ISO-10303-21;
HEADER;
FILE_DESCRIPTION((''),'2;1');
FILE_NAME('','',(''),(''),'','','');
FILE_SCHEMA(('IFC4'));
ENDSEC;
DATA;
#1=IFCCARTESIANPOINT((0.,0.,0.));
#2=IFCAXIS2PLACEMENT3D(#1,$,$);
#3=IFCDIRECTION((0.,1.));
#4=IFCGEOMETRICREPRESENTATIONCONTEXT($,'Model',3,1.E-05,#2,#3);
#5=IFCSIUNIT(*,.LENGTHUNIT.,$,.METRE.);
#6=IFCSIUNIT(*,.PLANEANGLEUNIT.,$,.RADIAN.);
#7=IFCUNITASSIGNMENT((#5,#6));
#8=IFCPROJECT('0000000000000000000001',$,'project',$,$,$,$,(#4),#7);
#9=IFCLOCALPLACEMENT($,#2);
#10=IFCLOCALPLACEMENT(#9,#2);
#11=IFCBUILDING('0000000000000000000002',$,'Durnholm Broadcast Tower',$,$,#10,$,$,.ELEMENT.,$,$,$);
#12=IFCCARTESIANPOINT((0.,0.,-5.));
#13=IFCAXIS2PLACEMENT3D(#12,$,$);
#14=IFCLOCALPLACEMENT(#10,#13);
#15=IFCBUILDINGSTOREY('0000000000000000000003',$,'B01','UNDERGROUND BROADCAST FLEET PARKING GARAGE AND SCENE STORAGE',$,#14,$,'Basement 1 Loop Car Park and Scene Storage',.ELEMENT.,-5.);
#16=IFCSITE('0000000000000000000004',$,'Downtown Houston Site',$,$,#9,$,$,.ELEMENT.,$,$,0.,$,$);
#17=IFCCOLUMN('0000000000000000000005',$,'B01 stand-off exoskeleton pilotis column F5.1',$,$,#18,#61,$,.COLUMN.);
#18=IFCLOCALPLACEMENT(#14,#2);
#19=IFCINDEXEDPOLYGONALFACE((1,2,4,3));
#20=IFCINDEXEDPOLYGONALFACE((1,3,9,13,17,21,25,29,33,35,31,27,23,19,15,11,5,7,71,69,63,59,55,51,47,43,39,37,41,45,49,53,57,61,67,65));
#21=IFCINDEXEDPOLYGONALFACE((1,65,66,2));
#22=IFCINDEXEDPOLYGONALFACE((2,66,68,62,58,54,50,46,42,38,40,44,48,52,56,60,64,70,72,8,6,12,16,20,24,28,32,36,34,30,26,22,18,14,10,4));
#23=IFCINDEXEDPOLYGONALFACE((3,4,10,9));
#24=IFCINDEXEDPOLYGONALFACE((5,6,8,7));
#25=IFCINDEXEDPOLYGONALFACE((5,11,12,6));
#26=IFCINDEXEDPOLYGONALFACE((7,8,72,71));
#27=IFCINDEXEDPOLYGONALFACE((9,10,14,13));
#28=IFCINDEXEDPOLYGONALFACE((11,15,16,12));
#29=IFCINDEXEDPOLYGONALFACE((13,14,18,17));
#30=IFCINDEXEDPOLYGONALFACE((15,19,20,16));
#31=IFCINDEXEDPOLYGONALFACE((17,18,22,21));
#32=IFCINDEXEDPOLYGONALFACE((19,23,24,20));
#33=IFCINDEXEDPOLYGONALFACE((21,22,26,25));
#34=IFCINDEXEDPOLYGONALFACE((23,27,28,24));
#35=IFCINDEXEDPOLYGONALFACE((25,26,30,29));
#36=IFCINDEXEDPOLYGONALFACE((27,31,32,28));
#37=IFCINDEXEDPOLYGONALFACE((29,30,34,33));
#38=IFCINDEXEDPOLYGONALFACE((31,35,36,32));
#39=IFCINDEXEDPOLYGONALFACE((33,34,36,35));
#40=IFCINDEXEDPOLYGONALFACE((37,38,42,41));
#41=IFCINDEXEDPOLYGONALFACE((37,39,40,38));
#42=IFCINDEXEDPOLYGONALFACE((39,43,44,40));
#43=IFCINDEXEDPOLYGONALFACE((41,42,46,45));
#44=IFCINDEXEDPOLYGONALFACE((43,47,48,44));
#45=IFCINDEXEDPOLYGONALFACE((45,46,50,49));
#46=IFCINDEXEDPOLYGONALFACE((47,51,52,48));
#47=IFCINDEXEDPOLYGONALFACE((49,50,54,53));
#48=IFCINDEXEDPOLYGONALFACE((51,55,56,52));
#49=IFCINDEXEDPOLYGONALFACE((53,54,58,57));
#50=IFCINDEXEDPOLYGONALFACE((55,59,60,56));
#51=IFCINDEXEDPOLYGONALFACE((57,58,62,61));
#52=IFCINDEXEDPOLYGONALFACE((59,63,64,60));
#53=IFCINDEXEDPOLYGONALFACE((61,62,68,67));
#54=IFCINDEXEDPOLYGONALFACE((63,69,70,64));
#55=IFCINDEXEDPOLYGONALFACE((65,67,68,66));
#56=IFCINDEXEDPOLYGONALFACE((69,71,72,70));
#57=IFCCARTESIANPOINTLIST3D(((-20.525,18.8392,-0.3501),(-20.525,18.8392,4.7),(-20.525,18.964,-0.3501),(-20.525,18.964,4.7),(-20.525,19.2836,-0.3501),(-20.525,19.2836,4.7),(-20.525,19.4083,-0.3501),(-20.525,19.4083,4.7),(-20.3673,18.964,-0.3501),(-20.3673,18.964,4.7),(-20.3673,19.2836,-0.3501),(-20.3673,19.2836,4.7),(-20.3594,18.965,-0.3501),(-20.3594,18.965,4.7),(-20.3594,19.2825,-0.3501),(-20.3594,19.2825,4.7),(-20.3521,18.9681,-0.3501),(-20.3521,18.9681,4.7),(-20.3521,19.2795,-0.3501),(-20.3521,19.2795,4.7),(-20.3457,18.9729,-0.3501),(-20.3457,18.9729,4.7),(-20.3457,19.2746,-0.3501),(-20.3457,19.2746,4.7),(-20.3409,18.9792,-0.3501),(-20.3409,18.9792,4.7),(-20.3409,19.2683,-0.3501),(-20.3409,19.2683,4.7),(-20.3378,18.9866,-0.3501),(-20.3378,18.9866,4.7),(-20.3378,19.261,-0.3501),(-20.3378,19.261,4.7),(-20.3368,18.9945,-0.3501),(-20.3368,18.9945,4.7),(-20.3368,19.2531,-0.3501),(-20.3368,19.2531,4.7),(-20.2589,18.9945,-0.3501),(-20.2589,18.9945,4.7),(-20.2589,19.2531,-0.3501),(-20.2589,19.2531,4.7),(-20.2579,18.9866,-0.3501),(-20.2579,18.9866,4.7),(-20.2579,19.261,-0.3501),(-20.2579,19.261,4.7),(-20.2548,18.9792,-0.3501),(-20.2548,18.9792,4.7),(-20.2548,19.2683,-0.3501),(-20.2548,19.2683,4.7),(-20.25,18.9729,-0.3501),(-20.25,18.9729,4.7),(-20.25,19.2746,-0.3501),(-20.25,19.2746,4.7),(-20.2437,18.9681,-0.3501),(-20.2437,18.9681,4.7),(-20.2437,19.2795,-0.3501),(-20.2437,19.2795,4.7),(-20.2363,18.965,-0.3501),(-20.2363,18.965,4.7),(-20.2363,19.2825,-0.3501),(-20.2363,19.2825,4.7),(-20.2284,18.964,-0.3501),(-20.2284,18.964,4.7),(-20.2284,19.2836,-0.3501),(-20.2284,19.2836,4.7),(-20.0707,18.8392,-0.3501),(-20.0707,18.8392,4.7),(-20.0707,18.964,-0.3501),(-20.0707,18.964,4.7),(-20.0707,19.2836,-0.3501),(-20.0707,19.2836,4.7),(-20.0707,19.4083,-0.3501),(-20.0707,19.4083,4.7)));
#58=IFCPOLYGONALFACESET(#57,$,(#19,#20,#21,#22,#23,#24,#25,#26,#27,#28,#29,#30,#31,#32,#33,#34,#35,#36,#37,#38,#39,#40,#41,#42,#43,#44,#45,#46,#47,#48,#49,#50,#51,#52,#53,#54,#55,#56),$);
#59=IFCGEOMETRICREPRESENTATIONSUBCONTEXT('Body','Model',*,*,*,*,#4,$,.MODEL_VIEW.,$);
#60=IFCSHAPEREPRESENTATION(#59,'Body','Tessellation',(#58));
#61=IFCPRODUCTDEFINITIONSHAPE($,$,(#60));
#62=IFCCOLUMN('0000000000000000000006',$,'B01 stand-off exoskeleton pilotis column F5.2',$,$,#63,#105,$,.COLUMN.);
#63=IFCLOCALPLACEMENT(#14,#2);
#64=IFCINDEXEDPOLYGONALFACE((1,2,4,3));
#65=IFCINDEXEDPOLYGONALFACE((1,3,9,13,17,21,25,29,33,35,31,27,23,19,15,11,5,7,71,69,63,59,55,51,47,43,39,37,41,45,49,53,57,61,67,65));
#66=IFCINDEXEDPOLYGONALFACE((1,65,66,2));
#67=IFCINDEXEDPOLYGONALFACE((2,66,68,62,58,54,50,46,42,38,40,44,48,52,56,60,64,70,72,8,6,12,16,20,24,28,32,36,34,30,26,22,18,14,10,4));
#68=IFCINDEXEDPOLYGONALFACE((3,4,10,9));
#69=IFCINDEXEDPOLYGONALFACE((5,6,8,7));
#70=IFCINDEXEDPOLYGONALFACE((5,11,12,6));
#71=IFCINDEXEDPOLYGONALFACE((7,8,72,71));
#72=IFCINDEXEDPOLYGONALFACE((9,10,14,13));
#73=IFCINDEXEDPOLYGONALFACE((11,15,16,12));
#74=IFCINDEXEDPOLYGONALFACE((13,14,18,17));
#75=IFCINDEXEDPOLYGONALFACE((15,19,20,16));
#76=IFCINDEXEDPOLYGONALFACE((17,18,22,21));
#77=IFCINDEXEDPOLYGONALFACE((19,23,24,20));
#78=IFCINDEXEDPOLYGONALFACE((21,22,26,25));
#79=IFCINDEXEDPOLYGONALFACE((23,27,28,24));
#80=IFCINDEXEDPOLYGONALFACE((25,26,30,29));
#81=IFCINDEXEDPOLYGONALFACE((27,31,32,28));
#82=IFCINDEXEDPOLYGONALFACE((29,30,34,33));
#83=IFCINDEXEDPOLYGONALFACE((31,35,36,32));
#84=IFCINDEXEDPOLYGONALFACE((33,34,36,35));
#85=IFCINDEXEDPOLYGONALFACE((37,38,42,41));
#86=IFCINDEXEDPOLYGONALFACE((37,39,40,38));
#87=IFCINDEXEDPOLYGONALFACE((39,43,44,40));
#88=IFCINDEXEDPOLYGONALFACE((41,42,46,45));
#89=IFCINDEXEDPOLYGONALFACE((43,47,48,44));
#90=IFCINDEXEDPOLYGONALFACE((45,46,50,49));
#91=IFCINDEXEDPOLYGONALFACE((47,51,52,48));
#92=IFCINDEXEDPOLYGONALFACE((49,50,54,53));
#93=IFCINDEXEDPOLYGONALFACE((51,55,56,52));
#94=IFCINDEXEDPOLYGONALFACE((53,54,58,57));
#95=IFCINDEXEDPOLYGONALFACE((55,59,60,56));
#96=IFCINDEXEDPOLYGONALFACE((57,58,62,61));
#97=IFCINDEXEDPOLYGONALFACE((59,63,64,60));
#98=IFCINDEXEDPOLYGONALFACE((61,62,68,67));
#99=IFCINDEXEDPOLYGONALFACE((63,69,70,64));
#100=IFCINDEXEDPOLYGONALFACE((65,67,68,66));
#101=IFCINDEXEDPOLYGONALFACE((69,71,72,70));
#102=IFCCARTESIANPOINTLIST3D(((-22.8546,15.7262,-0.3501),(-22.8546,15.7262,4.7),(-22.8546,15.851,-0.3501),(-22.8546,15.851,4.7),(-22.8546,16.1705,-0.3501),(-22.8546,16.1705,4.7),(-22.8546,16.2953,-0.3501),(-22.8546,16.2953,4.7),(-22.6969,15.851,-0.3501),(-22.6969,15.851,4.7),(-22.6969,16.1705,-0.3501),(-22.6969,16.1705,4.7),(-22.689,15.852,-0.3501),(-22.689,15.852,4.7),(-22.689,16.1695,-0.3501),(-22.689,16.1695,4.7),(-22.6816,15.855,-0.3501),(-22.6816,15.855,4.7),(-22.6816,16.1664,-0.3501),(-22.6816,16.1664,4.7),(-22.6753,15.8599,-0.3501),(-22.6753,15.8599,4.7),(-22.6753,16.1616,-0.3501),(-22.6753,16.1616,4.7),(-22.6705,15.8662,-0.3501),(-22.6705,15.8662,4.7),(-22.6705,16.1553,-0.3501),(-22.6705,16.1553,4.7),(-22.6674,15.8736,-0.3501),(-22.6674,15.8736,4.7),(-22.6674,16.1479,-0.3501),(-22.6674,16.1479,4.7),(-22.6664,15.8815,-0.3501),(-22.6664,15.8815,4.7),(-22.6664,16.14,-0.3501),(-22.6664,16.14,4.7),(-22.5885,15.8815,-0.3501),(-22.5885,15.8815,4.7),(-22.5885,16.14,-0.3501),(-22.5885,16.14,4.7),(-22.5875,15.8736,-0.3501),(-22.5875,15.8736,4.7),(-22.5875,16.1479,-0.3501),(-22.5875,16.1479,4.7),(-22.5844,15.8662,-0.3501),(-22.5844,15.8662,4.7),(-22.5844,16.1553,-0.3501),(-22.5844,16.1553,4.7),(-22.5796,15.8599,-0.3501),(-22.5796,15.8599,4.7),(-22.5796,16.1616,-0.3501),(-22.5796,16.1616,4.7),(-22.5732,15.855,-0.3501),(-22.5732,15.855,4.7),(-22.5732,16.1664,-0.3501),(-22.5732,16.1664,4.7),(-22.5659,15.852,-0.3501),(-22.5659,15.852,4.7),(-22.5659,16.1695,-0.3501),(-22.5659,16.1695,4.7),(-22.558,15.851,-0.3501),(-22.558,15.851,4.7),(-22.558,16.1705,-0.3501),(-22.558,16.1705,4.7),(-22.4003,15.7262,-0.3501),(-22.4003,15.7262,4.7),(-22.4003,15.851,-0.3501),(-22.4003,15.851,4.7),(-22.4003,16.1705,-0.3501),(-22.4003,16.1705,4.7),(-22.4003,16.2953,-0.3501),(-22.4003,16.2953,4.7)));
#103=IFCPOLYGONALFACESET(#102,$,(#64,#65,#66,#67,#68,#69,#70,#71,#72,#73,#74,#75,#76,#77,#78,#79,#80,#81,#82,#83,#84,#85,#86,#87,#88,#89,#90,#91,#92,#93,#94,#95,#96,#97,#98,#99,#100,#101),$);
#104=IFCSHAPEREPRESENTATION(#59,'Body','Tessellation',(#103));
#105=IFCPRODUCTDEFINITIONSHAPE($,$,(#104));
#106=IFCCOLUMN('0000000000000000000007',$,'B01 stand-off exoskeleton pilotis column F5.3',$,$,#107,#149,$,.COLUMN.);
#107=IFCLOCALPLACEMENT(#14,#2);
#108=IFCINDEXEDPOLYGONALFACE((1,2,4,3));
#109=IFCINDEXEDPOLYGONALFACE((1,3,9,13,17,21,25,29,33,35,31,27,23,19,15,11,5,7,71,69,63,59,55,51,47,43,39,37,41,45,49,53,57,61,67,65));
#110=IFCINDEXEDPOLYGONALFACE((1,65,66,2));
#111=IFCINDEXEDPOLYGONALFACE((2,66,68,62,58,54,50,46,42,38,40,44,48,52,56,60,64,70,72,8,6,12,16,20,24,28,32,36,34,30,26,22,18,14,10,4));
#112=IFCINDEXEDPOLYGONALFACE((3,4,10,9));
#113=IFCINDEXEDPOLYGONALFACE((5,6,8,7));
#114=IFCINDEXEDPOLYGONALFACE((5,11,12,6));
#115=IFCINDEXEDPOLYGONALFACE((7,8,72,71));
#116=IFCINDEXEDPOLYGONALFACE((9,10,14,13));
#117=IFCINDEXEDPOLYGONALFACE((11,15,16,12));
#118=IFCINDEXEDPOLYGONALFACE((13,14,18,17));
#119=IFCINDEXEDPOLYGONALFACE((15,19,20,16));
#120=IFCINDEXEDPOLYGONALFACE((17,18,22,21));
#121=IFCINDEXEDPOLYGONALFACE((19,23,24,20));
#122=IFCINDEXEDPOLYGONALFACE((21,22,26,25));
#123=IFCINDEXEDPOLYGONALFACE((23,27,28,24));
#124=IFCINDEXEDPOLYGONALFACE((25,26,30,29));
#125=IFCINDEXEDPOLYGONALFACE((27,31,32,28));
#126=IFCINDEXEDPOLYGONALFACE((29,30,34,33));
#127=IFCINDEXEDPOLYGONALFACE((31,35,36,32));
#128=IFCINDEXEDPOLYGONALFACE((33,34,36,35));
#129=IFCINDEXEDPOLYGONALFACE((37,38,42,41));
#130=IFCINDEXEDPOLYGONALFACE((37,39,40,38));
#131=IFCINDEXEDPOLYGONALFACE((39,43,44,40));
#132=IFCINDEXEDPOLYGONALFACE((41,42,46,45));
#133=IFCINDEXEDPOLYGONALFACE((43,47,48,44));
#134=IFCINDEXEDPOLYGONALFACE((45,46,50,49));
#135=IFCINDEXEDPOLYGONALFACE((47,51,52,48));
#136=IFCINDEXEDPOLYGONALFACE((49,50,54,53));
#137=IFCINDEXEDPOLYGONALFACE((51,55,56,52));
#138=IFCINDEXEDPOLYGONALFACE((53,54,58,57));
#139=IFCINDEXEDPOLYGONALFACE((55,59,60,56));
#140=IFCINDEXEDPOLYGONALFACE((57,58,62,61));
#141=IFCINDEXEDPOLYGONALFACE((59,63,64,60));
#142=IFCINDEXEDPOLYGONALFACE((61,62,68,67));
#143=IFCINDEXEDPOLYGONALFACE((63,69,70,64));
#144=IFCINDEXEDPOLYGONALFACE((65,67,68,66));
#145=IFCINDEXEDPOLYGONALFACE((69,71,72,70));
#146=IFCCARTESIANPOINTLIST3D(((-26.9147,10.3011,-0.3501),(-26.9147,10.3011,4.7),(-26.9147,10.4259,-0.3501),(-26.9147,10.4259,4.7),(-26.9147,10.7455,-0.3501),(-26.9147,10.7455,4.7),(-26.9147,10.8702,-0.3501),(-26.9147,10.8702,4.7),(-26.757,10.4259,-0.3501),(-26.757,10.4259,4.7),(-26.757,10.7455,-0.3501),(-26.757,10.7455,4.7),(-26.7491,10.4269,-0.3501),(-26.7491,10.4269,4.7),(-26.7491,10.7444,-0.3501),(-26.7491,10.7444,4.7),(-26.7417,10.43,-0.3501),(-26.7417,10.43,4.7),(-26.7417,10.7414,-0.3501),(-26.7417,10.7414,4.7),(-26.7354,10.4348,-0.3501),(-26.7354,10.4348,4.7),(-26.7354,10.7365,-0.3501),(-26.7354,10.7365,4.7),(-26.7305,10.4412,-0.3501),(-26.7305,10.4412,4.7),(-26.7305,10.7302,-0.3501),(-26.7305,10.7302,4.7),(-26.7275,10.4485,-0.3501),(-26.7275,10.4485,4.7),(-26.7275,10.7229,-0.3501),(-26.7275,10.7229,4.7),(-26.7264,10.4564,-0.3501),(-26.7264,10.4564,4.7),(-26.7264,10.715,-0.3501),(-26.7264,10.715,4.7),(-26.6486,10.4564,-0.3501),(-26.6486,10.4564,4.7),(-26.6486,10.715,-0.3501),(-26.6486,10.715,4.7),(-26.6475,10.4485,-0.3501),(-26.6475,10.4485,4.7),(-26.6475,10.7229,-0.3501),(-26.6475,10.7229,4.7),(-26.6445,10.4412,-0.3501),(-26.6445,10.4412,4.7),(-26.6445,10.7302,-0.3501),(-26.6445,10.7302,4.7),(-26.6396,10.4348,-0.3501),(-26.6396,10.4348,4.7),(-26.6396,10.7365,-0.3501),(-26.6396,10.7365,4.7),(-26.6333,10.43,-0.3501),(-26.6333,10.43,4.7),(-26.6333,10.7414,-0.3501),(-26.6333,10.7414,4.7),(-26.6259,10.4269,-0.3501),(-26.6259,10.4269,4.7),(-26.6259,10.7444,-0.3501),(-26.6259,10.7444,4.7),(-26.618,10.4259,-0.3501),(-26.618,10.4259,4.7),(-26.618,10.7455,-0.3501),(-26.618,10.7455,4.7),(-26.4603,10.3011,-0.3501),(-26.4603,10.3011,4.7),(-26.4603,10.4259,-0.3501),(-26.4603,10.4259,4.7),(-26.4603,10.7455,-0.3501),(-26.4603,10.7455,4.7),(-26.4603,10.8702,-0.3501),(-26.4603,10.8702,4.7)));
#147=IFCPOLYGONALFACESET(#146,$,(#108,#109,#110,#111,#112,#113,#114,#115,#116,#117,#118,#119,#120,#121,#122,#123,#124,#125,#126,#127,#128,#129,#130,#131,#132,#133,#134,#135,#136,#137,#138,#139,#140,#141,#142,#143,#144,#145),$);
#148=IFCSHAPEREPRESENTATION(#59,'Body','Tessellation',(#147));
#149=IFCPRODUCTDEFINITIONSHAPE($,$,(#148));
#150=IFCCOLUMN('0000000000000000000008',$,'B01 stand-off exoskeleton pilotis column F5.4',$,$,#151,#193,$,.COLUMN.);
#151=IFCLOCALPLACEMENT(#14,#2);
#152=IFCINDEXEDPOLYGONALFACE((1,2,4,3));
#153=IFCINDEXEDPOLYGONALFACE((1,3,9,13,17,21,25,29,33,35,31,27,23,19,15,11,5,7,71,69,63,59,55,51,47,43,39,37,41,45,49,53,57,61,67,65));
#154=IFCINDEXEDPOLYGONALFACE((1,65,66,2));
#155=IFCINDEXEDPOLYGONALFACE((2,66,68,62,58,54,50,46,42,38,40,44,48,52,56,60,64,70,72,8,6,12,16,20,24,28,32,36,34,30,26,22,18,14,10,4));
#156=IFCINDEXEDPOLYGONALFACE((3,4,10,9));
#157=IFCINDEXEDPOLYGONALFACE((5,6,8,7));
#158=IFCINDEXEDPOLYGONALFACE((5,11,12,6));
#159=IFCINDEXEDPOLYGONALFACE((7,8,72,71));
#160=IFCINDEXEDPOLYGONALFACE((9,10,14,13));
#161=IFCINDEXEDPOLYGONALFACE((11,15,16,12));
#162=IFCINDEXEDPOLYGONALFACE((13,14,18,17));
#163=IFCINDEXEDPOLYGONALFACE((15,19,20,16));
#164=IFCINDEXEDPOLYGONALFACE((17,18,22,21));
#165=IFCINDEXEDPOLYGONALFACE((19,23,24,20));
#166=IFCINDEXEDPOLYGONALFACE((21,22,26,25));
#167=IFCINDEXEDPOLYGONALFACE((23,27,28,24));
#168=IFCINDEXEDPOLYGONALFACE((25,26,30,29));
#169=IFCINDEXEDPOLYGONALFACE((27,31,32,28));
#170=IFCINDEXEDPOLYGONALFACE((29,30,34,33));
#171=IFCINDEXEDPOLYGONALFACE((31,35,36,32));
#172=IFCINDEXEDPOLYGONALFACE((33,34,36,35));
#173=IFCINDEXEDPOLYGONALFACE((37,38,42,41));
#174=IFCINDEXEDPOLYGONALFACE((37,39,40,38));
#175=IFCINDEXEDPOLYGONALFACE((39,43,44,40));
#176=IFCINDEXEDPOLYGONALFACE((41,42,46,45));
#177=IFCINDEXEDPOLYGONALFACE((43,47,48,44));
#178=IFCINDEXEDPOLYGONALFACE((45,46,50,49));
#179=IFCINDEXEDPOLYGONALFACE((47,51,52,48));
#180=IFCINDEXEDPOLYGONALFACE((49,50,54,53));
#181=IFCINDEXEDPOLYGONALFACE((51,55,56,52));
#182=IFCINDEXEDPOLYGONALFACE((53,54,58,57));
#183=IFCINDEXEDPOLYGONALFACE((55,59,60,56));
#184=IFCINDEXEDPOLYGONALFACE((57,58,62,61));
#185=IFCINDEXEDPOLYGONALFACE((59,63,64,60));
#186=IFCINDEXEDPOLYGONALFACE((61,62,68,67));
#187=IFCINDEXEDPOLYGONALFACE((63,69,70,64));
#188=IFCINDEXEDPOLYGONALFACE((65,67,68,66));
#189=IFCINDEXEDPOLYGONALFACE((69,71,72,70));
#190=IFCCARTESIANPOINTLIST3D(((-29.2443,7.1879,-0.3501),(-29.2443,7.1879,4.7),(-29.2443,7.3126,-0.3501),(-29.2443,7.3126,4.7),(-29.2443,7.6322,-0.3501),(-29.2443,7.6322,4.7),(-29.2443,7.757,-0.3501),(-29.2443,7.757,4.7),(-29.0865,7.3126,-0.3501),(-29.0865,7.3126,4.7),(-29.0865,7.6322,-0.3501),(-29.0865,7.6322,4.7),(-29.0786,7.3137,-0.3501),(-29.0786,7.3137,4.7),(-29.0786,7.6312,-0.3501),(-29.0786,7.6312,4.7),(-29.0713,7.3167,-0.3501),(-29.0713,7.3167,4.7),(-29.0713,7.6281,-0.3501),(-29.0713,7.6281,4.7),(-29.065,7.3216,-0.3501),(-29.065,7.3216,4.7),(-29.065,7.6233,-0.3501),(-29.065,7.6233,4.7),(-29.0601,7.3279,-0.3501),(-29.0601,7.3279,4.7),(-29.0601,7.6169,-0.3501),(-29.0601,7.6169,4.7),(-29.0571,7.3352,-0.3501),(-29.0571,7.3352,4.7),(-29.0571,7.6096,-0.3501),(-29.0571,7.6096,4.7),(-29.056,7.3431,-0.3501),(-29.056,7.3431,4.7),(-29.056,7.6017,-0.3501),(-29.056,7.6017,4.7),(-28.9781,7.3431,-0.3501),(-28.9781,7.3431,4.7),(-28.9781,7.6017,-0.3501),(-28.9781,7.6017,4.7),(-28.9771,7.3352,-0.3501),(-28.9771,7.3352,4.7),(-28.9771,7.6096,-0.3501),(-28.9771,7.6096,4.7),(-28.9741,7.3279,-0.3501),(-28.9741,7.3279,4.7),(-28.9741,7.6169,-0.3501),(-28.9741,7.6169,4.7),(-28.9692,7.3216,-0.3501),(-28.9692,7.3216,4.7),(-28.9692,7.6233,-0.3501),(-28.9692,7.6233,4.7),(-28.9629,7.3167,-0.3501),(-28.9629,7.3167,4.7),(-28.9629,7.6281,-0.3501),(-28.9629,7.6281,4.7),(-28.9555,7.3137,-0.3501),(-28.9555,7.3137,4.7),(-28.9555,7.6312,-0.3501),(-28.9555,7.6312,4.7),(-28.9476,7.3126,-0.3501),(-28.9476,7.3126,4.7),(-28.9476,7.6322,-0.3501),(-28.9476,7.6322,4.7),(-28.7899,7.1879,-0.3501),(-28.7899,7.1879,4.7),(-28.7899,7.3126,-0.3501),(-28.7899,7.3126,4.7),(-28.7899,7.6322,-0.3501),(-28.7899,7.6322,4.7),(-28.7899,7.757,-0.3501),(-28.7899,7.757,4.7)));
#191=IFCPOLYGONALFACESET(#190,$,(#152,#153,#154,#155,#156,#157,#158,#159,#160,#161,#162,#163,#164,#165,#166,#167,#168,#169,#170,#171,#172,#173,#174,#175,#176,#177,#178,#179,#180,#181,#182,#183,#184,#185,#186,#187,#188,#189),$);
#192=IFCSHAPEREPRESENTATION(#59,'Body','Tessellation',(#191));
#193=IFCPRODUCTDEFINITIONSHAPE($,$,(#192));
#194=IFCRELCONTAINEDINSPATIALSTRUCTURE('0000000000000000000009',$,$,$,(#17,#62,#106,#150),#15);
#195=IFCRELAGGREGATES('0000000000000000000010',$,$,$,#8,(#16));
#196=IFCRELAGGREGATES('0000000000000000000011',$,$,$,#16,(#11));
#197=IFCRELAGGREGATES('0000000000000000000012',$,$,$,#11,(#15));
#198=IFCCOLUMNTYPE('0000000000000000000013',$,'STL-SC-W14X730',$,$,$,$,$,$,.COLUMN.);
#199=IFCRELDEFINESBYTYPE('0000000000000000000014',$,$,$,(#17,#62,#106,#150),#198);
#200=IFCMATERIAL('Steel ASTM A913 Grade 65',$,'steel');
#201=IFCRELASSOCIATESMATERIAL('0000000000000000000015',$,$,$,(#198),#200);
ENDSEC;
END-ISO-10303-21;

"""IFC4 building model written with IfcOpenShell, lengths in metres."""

from ifc_helpers import new_model, si_unit, direction, frame, origin, origin_2d, place, context, subcontext, project, spatial, i_section, extrude, source, transform, mapped, material, material_profile, profile_set, type_object, type_shapes, element, save


model = new_model("IFC4")

# Units and contexts
model_context = context("Model", 3, precision=1e-05, world=origin(), true_north=direction((0.0, 1.0)))
body_context = subcontext(model_context, "Body", "Model", "MODEL_VIEW")
ifc_project = project(units=[si_unit("LENGTHUNIT", "METRE"), si_unit("PLANEANGLEUNIT", "RADIAN")], contexts=[model_context])

# Site, building, storey
site_placement = place(None, origin())
site = spatial("IfcSite", under=ifc_project, at=site_placement, Name="Downtown Houston Site", CompositionType="ELEMENT", RefElevation=0.0)
building_placement = place(site_placement, origin())
building = spatial("IfcBuilding", under=site, at=building_placement, Name="Durnholm Broadcast Tower", CompositionType="ELEMENT")
storey_placement = place(building_placement, frame((0.0, 0.0, -5.0)))
storey = spatial("IfcBuildingStorey", under=building, at=storey_placement, Name="B01", Description="UNDERGROUND BROADCAST FLEET PARKING GARAGE AND SCENE STORAGE", LongName="Basement 1 Loop Car Park and Scene Storage", CompositionType="ELEMENT", Elevation=-5.0)

# Columns
ifc_material_1 = material(Name="Steel ASTM A913 Grade 65", Category="steel")
ifc_material_profile_1 = material_profile(ifc_material_1, i_section(OverallWidth=0.4543, OverallDepth=0.5691, WebThickness=0.0779, FlangeThickness=0.1248, FilletRadius=0.0305, at=origin_2d()), Name="W14X730")
ifc_profile_set_1 = profile_set([ifc_material_profile_1], Name="Steel ASTM A913 Grade 65")
column_type = type_object("IfcColumnType", Name="STL-SC-W14X730", PredefinedType="COLUMN", material=ifc_profile_set_1)
shared_shape_1 = source(origin(), body_context, "Body", "SweptSolid", [
    extrude(i_section(OverallWidth=0.4543, OverallDepth=0.5691, WebThickness=0.0779, FlangeThickness=0.1248, FilletRadius=0.0305, at=origin_2d()), origin(), (0.0, 0.0, 1.0), 5.05),
])
type_shapes(column_type, [shared_shape_1])
for number, where, z_axis, x_axis, name in (
    (1, (-20.2979, 19.1238, -0.3501), (0.0, 0.0, 1.0), (1.0, 0.0, 0.0), "B01 stand-off exoskeleton pilotis column F5.1"),
    (2, (-22.6274, 16.0107, -0.3501), (0.0, 0.0, 1.0), (1.0, 0.0, 0.0), "B01 stand-off exoskeleton pilotis column F5.2"),
    (3, (-26.6875, 10.5857, -0.3501), (0.0, 0.0, 1.0), (1.0, 0.0, 0.0), "B01 stand-off exoskeleton pilotis column F5.3"),
    (4, (-29.0171, 7.4724, -0.3501), (0.0, 0.0, 1.0), (1.0, 0.0, 0.0), "B01 stand-off exoskeleton pilotis column F5.4"),
):
    element("IfcColumn", number, at=place(storey_placement, frame(where, z_axis=z_axis, x_axis=x_axis)), inside=storey, type_object=column_type, Name=name, PredefinedType="COLUMN", context=body_context, shape_type="MappedRepresentation", body=[
        mapped(shared_shape_1, transform((0.0, 0.0, 0.0), x_axis=(1.0, 0.0, 0.0), y_axis=(0.0, 1.0, 0.0), z_axis=(0.0, 0.0, 1.0), scale=1.0)),
    ])

save(model, "model.ifc")
